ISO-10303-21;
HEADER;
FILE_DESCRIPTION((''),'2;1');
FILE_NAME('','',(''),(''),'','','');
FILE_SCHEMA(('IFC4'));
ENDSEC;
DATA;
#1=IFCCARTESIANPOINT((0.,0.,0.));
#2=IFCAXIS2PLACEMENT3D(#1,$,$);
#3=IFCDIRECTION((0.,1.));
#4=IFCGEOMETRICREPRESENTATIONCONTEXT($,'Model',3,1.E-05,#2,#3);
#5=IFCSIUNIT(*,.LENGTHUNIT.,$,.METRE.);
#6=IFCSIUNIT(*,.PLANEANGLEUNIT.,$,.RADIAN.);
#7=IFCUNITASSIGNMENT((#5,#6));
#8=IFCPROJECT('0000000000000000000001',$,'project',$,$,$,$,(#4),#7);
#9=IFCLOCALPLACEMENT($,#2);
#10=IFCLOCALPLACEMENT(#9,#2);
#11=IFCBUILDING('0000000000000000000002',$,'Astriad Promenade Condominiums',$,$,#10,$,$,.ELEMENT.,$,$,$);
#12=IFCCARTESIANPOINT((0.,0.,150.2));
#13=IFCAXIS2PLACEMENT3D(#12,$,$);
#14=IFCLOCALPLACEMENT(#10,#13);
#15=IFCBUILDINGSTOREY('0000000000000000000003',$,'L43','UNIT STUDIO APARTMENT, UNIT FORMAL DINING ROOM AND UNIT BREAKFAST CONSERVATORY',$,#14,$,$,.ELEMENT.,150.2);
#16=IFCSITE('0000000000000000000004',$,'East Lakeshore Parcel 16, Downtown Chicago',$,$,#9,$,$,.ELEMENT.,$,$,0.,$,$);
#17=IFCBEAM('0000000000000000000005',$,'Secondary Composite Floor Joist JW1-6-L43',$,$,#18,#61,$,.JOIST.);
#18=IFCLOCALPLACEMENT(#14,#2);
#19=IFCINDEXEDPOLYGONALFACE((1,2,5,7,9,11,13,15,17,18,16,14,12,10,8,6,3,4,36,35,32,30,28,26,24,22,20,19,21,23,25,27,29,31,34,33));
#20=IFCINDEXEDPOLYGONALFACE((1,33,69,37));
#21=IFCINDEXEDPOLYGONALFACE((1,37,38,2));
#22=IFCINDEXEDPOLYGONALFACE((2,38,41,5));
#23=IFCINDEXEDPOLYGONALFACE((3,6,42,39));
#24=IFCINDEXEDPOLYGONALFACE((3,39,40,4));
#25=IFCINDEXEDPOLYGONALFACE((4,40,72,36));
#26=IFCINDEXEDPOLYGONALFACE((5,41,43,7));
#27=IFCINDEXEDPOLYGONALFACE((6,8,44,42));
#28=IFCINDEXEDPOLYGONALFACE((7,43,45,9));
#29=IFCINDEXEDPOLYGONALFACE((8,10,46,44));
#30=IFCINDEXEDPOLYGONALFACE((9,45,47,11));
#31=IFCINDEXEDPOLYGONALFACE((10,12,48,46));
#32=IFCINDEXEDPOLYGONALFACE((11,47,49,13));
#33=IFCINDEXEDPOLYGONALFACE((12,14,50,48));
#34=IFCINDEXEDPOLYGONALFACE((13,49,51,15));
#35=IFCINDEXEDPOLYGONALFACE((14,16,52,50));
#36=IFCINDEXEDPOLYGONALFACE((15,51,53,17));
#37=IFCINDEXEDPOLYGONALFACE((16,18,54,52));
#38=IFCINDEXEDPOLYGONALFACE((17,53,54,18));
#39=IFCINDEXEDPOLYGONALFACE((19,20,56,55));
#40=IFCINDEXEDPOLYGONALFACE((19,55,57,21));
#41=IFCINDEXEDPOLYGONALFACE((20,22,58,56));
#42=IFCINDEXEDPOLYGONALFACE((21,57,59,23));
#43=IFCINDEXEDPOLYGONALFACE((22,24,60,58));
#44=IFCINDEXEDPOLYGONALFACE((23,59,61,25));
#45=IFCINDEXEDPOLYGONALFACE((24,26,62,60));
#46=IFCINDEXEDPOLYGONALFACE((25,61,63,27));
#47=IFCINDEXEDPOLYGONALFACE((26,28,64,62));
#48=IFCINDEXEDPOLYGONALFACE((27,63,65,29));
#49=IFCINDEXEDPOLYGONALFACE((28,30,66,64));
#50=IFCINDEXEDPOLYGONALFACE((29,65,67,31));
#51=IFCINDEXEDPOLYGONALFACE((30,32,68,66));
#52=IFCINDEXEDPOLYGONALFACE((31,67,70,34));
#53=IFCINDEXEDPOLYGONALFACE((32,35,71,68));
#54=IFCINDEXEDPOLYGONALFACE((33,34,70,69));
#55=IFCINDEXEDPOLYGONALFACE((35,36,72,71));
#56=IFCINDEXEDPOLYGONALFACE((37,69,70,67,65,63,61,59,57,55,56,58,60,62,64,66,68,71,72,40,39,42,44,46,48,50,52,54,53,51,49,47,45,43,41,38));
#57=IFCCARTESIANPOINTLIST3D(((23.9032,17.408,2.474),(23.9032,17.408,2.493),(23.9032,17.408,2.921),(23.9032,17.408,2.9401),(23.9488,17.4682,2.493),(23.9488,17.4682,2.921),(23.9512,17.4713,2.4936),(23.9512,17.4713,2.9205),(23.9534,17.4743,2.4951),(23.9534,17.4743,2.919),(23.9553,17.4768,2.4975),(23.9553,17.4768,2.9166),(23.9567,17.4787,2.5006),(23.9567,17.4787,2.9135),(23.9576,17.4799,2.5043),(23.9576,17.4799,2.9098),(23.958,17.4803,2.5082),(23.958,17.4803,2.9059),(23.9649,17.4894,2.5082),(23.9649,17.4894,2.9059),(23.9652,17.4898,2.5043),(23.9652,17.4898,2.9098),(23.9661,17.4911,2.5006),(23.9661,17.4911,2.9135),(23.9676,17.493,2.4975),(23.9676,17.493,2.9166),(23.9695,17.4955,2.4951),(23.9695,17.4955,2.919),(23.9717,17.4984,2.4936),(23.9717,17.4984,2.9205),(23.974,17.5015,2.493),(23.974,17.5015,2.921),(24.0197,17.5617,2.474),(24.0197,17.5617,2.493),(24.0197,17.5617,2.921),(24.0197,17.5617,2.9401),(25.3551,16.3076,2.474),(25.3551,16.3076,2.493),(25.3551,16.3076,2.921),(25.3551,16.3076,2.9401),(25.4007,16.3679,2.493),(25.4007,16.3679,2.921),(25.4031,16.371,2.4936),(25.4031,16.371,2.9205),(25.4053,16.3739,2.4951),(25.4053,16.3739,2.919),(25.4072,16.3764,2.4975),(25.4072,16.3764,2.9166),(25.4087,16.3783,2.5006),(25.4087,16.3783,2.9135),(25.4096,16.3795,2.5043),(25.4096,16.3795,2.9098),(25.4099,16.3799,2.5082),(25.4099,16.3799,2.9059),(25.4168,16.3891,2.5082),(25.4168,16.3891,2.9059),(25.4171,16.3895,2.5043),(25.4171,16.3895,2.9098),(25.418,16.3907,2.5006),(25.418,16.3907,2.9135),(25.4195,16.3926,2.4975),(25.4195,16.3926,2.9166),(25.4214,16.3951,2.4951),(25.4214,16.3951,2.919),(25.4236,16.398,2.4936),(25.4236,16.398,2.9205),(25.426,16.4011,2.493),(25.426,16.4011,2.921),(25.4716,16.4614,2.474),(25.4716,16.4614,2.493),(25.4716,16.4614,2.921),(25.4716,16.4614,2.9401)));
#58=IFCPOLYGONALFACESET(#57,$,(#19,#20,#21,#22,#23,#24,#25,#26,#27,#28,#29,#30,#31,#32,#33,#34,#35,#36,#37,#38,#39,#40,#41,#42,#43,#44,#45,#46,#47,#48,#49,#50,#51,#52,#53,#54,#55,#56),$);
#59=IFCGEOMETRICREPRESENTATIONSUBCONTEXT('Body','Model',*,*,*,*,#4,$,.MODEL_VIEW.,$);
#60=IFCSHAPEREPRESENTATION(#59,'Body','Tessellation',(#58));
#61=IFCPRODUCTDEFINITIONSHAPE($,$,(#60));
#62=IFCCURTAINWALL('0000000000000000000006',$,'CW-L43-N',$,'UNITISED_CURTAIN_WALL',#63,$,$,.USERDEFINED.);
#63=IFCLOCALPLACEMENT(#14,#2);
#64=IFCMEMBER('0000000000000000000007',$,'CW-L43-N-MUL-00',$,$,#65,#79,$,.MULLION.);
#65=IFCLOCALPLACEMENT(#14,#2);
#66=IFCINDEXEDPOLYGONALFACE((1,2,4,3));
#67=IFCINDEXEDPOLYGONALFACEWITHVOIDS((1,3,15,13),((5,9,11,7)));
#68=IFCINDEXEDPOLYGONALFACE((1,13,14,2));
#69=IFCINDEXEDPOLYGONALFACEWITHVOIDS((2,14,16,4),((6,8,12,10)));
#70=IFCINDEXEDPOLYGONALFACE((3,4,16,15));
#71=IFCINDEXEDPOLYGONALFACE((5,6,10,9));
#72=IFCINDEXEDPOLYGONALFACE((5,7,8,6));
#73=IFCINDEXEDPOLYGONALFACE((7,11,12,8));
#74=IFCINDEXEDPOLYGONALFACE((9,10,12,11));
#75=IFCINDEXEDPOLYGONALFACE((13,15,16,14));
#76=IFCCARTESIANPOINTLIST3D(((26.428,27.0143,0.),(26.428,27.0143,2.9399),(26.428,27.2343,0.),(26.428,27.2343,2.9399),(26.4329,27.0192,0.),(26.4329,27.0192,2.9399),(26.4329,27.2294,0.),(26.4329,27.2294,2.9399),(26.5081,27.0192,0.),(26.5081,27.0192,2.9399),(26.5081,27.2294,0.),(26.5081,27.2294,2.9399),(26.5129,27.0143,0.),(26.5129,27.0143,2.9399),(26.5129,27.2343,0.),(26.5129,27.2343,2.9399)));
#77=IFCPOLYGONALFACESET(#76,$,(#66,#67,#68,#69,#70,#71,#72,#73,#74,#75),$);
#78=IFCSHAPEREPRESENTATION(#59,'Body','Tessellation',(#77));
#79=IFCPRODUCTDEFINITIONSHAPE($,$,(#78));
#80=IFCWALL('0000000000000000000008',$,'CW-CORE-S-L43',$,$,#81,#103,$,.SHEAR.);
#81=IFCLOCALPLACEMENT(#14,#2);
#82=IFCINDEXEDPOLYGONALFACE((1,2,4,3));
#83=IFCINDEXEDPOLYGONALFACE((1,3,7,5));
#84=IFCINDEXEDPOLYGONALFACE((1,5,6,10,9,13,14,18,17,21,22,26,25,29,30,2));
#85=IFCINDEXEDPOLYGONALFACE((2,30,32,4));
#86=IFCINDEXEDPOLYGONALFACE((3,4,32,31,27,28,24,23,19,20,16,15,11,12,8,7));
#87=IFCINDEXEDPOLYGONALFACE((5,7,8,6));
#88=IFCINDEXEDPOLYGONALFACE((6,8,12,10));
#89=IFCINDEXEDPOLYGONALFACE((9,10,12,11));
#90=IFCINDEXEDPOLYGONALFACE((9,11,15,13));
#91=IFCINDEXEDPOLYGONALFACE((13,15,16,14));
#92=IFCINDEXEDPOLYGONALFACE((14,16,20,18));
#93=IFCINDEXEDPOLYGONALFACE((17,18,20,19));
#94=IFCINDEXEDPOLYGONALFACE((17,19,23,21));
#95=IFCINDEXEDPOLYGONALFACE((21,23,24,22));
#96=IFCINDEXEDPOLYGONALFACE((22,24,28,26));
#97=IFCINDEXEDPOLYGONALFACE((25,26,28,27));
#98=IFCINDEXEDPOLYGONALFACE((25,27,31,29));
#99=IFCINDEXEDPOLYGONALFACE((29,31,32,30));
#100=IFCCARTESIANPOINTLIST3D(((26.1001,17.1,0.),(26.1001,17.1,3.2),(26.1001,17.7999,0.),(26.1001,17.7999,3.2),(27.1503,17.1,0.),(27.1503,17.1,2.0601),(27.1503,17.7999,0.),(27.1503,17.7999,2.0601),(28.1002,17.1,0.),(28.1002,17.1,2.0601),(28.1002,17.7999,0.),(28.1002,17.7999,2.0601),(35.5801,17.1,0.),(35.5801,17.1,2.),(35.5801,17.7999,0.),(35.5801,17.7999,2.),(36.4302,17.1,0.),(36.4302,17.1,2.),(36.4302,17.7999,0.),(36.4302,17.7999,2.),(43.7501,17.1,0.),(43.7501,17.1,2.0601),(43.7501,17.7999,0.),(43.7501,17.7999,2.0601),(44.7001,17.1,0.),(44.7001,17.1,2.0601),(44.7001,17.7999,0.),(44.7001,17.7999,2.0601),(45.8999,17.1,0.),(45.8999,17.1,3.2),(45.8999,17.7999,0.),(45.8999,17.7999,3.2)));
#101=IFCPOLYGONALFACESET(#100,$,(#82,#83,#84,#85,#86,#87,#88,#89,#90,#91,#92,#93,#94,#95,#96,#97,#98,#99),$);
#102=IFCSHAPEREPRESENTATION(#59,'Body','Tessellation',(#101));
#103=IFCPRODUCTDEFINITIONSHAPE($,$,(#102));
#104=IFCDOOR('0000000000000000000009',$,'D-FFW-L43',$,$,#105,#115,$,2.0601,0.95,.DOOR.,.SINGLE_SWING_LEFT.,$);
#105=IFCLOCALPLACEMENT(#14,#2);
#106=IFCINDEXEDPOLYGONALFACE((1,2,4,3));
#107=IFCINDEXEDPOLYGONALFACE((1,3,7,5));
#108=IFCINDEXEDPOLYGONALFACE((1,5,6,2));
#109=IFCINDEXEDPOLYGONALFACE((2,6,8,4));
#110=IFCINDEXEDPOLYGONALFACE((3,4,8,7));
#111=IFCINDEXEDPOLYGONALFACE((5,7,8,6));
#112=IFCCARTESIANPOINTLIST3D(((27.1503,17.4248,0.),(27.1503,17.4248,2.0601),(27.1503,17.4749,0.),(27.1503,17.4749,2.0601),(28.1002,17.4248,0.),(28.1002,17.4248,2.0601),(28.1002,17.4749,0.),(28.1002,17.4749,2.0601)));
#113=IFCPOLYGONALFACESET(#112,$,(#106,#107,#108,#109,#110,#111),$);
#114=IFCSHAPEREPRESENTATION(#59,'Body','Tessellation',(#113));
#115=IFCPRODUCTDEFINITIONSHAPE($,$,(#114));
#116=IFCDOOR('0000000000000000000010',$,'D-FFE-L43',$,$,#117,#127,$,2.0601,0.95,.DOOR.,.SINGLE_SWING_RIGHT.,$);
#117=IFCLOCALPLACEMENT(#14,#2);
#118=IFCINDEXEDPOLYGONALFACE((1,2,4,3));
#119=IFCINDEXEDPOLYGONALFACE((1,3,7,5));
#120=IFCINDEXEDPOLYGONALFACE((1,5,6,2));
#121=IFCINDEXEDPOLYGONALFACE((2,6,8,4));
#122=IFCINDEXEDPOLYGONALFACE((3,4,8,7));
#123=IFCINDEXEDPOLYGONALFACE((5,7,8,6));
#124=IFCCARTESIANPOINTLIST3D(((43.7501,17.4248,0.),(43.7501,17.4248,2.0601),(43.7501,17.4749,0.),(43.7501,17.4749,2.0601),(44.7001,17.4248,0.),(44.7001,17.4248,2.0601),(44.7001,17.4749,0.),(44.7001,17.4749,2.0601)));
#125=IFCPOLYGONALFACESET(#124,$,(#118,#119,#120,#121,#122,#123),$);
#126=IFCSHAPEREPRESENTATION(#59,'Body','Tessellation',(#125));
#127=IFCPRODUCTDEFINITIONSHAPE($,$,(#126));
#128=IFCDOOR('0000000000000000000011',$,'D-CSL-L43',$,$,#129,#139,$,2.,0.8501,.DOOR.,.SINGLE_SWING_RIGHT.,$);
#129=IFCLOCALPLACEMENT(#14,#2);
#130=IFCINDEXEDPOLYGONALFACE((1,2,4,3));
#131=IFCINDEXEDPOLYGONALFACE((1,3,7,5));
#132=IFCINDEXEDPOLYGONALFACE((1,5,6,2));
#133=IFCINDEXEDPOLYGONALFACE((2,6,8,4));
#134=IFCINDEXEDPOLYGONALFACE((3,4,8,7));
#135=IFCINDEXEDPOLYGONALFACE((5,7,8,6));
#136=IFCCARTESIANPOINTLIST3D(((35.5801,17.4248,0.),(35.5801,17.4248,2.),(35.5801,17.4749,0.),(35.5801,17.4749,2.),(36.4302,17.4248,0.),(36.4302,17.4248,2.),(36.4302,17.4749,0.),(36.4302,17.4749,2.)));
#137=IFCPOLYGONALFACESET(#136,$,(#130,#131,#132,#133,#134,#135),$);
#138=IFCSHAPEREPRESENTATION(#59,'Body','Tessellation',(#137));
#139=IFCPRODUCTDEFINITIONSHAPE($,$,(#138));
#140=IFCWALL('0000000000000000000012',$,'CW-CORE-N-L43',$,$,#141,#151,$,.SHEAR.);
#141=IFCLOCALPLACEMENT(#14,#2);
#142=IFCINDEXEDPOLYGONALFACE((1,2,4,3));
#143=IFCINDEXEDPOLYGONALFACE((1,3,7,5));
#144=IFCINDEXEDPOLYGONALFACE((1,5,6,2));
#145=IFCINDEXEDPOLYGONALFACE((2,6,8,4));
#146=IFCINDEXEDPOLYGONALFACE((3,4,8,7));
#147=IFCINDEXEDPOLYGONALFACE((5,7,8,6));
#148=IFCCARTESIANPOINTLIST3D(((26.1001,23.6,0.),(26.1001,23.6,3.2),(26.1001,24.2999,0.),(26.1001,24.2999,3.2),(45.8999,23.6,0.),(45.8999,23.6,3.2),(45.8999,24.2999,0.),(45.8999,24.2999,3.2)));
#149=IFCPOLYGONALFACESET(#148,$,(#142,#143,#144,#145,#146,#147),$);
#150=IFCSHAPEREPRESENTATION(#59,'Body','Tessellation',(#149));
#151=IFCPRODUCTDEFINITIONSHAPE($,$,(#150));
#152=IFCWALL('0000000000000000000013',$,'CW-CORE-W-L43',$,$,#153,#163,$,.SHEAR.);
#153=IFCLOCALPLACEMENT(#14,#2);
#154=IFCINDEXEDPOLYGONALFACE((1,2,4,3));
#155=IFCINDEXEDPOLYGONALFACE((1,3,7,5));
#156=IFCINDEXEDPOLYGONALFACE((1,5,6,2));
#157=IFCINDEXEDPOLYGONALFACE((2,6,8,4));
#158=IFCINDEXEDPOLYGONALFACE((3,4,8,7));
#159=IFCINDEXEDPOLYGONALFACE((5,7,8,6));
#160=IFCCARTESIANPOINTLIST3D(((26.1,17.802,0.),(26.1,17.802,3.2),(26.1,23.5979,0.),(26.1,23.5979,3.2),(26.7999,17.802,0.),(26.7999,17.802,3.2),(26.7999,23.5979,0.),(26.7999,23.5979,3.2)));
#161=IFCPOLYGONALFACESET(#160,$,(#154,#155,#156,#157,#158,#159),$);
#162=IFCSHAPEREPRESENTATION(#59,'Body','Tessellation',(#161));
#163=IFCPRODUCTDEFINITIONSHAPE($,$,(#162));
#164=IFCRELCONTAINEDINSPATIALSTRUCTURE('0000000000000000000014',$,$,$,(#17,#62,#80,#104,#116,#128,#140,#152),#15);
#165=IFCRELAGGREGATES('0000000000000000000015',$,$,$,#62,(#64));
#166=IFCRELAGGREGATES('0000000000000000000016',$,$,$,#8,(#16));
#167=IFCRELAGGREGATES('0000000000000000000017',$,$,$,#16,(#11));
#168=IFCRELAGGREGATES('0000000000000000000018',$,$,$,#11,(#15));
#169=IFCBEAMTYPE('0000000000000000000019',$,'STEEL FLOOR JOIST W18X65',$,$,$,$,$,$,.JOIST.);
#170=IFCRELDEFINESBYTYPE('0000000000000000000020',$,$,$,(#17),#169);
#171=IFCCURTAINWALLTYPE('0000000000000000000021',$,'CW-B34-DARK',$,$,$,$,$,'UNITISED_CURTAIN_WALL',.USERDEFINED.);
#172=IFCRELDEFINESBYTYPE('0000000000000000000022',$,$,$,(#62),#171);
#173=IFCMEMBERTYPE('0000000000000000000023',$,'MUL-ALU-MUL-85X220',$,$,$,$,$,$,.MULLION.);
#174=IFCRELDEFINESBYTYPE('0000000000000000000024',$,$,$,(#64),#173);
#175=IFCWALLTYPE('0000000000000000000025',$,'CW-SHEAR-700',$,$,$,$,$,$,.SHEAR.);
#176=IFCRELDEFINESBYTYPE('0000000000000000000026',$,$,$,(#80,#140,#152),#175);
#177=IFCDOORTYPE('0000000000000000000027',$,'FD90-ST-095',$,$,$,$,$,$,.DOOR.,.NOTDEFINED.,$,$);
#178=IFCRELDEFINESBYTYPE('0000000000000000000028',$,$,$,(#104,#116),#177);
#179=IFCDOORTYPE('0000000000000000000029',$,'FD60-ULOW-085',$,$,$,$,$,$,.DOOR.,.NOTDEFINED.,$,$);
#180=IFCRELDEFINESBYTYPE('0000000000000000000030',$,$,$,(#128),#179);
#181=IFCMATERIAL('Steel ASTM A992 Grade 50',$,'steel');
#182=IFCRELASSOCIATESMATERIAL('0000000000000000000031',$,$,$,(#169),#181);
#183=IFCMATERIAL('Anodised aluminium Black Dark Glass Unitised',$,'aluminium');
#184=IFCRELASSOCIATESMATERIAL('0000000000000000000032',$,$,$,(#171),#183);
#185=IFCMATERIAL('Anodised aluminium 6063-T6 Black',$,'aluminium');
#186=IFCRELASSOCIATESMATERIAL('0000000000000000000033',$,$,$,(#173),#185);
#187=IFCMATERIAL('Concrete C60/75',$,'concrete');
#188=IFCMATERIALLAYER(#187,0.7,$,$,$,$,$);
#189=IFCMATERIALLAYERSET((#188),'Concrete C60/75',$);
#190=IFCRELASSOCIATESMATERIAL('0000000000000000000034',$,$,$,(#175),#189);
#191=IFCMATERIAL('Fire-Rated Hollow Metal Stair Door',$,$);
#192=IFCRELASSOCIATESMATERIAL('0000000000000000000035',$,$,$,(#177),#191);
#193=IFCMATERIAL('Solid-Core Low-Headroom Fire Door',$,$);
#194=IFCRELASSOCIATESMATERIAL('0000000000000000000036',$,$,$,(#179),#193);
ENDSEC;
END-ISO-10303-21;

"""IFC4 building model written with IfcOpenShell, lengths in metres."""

from ifc_helpers import new_model, si_unit, direction, frame, frame_2d, origin, origin_2d, place, context, subcontext, project, spatial, rectangle, hollow_rectangle, i_section, extrude, source, transform, mapped, material, layer, layer_set, material_profile, profile_set, type_object, type_shapes, element, fill, aggregate, save


model = new_model("IFC4")

# Units and contexts
model_context = context("Model", 3, precision=1e-05, world=origin(), true_north=direction((0.0, 1.0)))
body_context = subcontext(model_context, "Body", "Model", "MODEL_VIEW")
ifc_project = project(units=[si_unit("LENGTHUNIT", "METRE"), si_unit("PLANEANGLEUNIT", "RADIAN")], contexts=[model_context])

# Site, building, storey
site_placement = place(None, origin())
site = spatial("IfcSite", under=ifc_project, at=site_placement, Name="East Lakeshore Parcel 16, Downtown Chicago", CompositionType="ELEMENT", RefElevation=0.0)
building_placement = place(site_placement, origin())
building = spatial("IfcBuilding", under=site, at=building_placement, Name="Astriad Promenade Condominiums", CompositionType="ELEMENT")
storey_placement = place(building_placement, frame((0.0, 0.0, 150.2)))
storey = spatial("IfcBuildingStorey", under=building, at=storey_placement, Name="L43", Description="UNIT STUDIO APARTMENT, UNIT FORMAL DINING ROOM AND UNIT BREAKFAST CONSERVATORY", CompositionType="ELEMENT", Elevation=150.2)

# Shared definitions
ifc_material_1 = material(Name="Steel ASTM A992 Grade 50", Category="steel")
ifc_material_2 = material(Name="Concrete C60/75", Category="concrete")

# Beam
ifc_material_profile_1 = material_profile(ifc_material_1, i_section(OverallWidth=0.1929, OverallDepth=0.4661, WebThickness=0.0115, FlangeThickness=0.019, FilletRadius=0.0151, at=origin_2d()), Name="W18X65")
ifc_profile_set_1 = profile_set([ifc_material_profile_1], Name="Steel ASTM A992 Grade 50")
beam_type_1 = type_object("IfcBeamType", Name="STEEL FLOOR JOIST W18X65", PredefinedType="JOIST", material=ifc_profile_set_1)
shared_shape_1 = source(origin(), body_context, "Body", "SweptSolid", [
    extrude(i_section(OverallWidth=0.1929, OverallDepth=0.4661, WebThickness=0.0115, FlangeThickness=0.019, FilletRadius=0.0151, at=origin_2d()), origin(), (0.0, 0.0, 1.0), 1.8218),
])
beam_1_placement = place(storey_placement, frame((23.9614, 17.4849, 2.707), z_axis=(0.796983, -0.604002, 0.0), x_axis=(0.604002, 0.796983, 0.0)))
element("IfcBeam", 1, at=beam_1_placement, inside=storey, type_object=beam_type_1, Name="Secondary Composite Floor Joist JW1-6-L43", PredefinedType="JOIST", context=body_context, shape_type="MappedRepresentation", body=[
    mapped(shared_shape_1, transform((0.0, 0.0, 0.0), scale=1.0)),
])

# Curtain wall, member
ifc_material_3 = material(Name="Anodised aluminium Black Dark Glass Unitised", Category="aluminium")
curtain_wall_type = type_object("IfcCurtainWallType", Name="CW-B34-DARK", ElementType="UNITISED_CURTAIN_WALL", PredefinedType="USERDEFINED", material=ifc_material_3)
curtain_wall_placement = place(storey_placement, origin())
curtain_wall = element("IfcCurtainWall", 2, at=curtain_wall_placement, inside=storey, type_object=curtain_wall_type, Name="CW-L43-N", ObjectType="UNITISED_CURTAIN_WALL", PredefinedType="USERDEFINED")
ifc_material_4 = material(Name="Anodised aluminium 6063-T6 Black", Category="aluminium")
ifc_material_profile_2 = material_profile(ifc_material_4, hollow_rectangle(XDim=0.085, YDim=0.22, WallThickness=0.0049, at=origin_2d()), Name="ALU-MUL-85X220")
ifc_profile_set_2 = profile_set([ifc_material_profile_2], Name="Anodised aluminium 6063-T6 Black")
member_type = type_object("IfcMemberType", Name="MUL-ALU-MUL-85X220", PredefinedType="MULLION", material=ifc_profile_set_2)
shared_shape_2 = source(origin(), body_context, "Body", "SweptSolid", [
    extrude(hollow_rectangle(XDim=0.085, YDim=0.22, WallThickness=0.0049, at=origin_2d()), origin(), (0.0, 0.0, 1.0), 2.9399),
])
type_shapes(member_type, [shared_shape_2])
member_placement = place(storey_placement, frame((26.4705, 27.1243, 0.0), z_axis=(0.0, 0.0, 1.0), x_axis=(1.0, 0.0, 0.0)))
member = element("IfcMember", 3, at=member_placement, type_object=member_type, Name="CW-L43-N-MUL-00", PredefinedType="MULLION", context=body_context, shape_type="MappedRepresentation", body=[
    mapped(shared_shape_2, transform((0.0, 0.0, 0.0), scale=1.0)),
])
aggregate(curtain_wall, [member])

# Wall, openings, doors
ifc_layer_1 = layer(ifc_material_2, 0.7)
ifc_layer_set_1 = layer_set([ifc_layer_1], Name="Concrete C60/75")
wall_type_1 = type_object("IfcWallType", Name="CW-SHEAR-700", PredefinedType="SHEAR", material=ifc_layer_set_1)
wall_1_placement = place(storey_placement, frame((26.1001, 17.45, 0.0), z_axis=(0.0, 0.0, 1.0), x_axis=(1.0, 0.0, 0.0)))
wall_1 = element("IfcWall", 4, at=wall_1_placement, inside=storey, type_object=wall_type_1, Name="CW-CORE-S-L43", PredefinedType="SHEAR", context=body_context, shape_type="SweptSolid", body=[
    extrude(rectangle(XDim=19.7998, YDim=0.7, at=frame_2d((9.8999, 0.0))), origin(), (0.0, 0.0, 1.0), 3.2),
])
opening_1_placement = place(wall_1_placement, frame((1.05, 0.0, 0.0)))
opening_1 = element("IfcOpeningElement", 5, at=opening_1_placement, cuts=wall_1, PredefinedType="OPENING", context=body_context, shape_type="SweptSolid", body=[
    extrude(rectangle(XDim=0.95, YDim=2.0601, at=frame_2d((0.4751, 1.03))), frame((0.0, 0.3599, 0.0), z_axis=(0.0, -1.0, 0.0), x_axis=(1.0, 0.0, 0.0)), (0.0, 0.0, 1.0), 0.72),
])
opening_2_placement = place(wall_1_placement, frame((9.48, 0.0, 0.0)))
opening_2 = element("IfcOpeningElement", 6, at=opening_2_placement, cuts=wall_1, PredefinedType="OPENING", context=body_context, shape_type="SweptSolid", body=[
    extrude(rectangle(XDim=0.8501, YDim=2.0, at=frame_2d((0.425, 1.0))), frame((0.0, 0.3599, 0.0), z_axis=(0.0, -1.0, 0.0), x_axis=(1.0, 0.0, 0.0)), (0.0, 0.0, 1.0), 0.72),
])
opening_3_placement = place(wall_1_placement, frame((17.6499, 0.0, 0.0)))
opening_3 = element("IfcOpeningElement", 7, at=opening_3_placement, cuts=wall_1, PredefinedType="OPENING", context=body_context, shape_type="SweptSolid", body=[
    extrude(rectangle(XDim=0.95, YDim=2.0601, at=frame_2d((0.4751, 1.03))), frame((0.0, 0.3599, 0.0), z_axis=(0.0, -1.0, 0.0), x_axis=(1.0, 0.0, 0.0)), (0.0, 0.0, 1.0), 0.72),
])
ifc_material_5 = material(Name="Fire-Rated Hollow Metal Stair Door")
door_type_1 = type_object("IfcDoorType", Name="FD90-ST-095", OperationType="NOTDEFINED", PredefinedType="DOOR", material=ifc_material_5)
shared_shape_3 = source(origin(), body_context, "Body", "SweptSolid", [
    extrude(rectangle(XDim=0.95, YDim=2.0601, at=frame_2d((0.4751, 1.03))), frame((0.0, 0.0249, 0.0), z_axis=(0.0, -1.0, 0.0), x_axis=(1.0, 0.0, 0.0)), (0.0, 0.0, 1.0), 0.05),
])
type_shapes(door_type_1, [shared_shape_3])
door_1_placement = place(opening_1_placement, origin())
door_1 = element("IfcDoor", 8, at=door_1_placement, inside=storey, type_object=door_type_1, Name="D-FFW-L43", OperationType="SINGLE_SWING_LEFT", OverallHeight=2.0601, OverallWidth=0.95, PredefinedType="DOOR", context=body_context, shape_type="MappedRepresentation", body=[
    mapped(shared_shape_3, transform((0.0, 0.0, 0.0), scale=1.0)),
])
fill(opening_1, door_1)
door_2_placement = place(opening_3_placement, origin())
door_2 = element("IfcDoor", 9, at=door_2_placement, inside=storey, type_object=door_type_1, Name="D-FFE-L43", OperationType="SINGLE_SWING_RIGHT", OverallHeight=2.0601, OverallWidth=0.95, PredefinedType="DOOR", context=body_context, shape_type="MappedRepresentation", body=[
    mapped(shared_shape_3, transform((0.0, 0.0, 0.0), scale=1.0)),
])
fill(opening_3, door_2)
ifc_material_6 = material(Name="Solid-Core Low-Headroom Fire Door")
door_type_2 = type_object("IfcDoorType", Name="FD60-ULOW-085", OperationType="NOTDEFINED", PredefinedType="DOOR", material=ifc_material_6)
shared_shape_4 = source(origin(), body_context, "Body", "SweptSolid", [
    extrude(rectangle(XDim=0.8501, YDim=2.0, at=frame_2d((0.425, 1.0))), frame((0.0, 0.0249, 0.0), z_axis=(0.0, -1.0, 0.0), x_axis=(1.0, 0.0, 0.0)), (0.0, 0.0, 1.0), 0.05),
])
type_shapes(door_type_2, [shared_shape_4])
door_3_placement = place(opening_2_placement, origin())
door_3 = element("IfcDoor", 10, at=door_3_placement, inside=storey, type_object=door_type_2, Name="D-CSL-L43", OperationType="SINGLE_SWING_RIGHT", OverallHeight=2.0, OverallWidth=0.8501, PredefinedType="DOOR", context=body_context, shape_type="MappedRepresentation", body=[
    mapped(shared_shape_4, transform((0.0, 0.0, 0.0), scale=1.0)),
])
fill(opening_2, door_3)

# Walls
wall_2_placement = place(storey_placement, frame((26.1001, 23.95, 0.0), z_axis=(0.0, 0.0, 1.0), x_axis=(1.0, 0.0, 0.0)))
element("IfcWall", 11, at=wall_2_placement, inside=storey, type_object=wall_type_1, Name="CW-CORE-N-L43", PredefinedType="SHEAR", context=body_context, shape_type="SweptSolid", body=[
    extrude(rectangle(XDim=19.7998, YDim=0.7, at=frame_2d((9.8999, 0.0))), origin(), (0.0, 0.0, 1.0), 3.2),
])
wall_3_placement = place(storey_placement, frame((26.45, 17.802, 0.0), z_axis=(0.0, 0.0, 1.0), x_axis=(0.0, 1.0, 0.0)))
element("IfcWall", 12, at=wall_3_placement, inside=storey, type_object=wall_type_1, Name="CW-CORE-W-L43", PredefinedType="SHEAR", context=body_context, shape_type="SweptSolid", body=[
    extrude(rectangle(XDim=5.7959, YDim=0.7, at=frame_2d((2.8979, 0.0))), origin(), (0.0, 0.0, 1.0), 3.2),
])

save(model, "model.ifc")
